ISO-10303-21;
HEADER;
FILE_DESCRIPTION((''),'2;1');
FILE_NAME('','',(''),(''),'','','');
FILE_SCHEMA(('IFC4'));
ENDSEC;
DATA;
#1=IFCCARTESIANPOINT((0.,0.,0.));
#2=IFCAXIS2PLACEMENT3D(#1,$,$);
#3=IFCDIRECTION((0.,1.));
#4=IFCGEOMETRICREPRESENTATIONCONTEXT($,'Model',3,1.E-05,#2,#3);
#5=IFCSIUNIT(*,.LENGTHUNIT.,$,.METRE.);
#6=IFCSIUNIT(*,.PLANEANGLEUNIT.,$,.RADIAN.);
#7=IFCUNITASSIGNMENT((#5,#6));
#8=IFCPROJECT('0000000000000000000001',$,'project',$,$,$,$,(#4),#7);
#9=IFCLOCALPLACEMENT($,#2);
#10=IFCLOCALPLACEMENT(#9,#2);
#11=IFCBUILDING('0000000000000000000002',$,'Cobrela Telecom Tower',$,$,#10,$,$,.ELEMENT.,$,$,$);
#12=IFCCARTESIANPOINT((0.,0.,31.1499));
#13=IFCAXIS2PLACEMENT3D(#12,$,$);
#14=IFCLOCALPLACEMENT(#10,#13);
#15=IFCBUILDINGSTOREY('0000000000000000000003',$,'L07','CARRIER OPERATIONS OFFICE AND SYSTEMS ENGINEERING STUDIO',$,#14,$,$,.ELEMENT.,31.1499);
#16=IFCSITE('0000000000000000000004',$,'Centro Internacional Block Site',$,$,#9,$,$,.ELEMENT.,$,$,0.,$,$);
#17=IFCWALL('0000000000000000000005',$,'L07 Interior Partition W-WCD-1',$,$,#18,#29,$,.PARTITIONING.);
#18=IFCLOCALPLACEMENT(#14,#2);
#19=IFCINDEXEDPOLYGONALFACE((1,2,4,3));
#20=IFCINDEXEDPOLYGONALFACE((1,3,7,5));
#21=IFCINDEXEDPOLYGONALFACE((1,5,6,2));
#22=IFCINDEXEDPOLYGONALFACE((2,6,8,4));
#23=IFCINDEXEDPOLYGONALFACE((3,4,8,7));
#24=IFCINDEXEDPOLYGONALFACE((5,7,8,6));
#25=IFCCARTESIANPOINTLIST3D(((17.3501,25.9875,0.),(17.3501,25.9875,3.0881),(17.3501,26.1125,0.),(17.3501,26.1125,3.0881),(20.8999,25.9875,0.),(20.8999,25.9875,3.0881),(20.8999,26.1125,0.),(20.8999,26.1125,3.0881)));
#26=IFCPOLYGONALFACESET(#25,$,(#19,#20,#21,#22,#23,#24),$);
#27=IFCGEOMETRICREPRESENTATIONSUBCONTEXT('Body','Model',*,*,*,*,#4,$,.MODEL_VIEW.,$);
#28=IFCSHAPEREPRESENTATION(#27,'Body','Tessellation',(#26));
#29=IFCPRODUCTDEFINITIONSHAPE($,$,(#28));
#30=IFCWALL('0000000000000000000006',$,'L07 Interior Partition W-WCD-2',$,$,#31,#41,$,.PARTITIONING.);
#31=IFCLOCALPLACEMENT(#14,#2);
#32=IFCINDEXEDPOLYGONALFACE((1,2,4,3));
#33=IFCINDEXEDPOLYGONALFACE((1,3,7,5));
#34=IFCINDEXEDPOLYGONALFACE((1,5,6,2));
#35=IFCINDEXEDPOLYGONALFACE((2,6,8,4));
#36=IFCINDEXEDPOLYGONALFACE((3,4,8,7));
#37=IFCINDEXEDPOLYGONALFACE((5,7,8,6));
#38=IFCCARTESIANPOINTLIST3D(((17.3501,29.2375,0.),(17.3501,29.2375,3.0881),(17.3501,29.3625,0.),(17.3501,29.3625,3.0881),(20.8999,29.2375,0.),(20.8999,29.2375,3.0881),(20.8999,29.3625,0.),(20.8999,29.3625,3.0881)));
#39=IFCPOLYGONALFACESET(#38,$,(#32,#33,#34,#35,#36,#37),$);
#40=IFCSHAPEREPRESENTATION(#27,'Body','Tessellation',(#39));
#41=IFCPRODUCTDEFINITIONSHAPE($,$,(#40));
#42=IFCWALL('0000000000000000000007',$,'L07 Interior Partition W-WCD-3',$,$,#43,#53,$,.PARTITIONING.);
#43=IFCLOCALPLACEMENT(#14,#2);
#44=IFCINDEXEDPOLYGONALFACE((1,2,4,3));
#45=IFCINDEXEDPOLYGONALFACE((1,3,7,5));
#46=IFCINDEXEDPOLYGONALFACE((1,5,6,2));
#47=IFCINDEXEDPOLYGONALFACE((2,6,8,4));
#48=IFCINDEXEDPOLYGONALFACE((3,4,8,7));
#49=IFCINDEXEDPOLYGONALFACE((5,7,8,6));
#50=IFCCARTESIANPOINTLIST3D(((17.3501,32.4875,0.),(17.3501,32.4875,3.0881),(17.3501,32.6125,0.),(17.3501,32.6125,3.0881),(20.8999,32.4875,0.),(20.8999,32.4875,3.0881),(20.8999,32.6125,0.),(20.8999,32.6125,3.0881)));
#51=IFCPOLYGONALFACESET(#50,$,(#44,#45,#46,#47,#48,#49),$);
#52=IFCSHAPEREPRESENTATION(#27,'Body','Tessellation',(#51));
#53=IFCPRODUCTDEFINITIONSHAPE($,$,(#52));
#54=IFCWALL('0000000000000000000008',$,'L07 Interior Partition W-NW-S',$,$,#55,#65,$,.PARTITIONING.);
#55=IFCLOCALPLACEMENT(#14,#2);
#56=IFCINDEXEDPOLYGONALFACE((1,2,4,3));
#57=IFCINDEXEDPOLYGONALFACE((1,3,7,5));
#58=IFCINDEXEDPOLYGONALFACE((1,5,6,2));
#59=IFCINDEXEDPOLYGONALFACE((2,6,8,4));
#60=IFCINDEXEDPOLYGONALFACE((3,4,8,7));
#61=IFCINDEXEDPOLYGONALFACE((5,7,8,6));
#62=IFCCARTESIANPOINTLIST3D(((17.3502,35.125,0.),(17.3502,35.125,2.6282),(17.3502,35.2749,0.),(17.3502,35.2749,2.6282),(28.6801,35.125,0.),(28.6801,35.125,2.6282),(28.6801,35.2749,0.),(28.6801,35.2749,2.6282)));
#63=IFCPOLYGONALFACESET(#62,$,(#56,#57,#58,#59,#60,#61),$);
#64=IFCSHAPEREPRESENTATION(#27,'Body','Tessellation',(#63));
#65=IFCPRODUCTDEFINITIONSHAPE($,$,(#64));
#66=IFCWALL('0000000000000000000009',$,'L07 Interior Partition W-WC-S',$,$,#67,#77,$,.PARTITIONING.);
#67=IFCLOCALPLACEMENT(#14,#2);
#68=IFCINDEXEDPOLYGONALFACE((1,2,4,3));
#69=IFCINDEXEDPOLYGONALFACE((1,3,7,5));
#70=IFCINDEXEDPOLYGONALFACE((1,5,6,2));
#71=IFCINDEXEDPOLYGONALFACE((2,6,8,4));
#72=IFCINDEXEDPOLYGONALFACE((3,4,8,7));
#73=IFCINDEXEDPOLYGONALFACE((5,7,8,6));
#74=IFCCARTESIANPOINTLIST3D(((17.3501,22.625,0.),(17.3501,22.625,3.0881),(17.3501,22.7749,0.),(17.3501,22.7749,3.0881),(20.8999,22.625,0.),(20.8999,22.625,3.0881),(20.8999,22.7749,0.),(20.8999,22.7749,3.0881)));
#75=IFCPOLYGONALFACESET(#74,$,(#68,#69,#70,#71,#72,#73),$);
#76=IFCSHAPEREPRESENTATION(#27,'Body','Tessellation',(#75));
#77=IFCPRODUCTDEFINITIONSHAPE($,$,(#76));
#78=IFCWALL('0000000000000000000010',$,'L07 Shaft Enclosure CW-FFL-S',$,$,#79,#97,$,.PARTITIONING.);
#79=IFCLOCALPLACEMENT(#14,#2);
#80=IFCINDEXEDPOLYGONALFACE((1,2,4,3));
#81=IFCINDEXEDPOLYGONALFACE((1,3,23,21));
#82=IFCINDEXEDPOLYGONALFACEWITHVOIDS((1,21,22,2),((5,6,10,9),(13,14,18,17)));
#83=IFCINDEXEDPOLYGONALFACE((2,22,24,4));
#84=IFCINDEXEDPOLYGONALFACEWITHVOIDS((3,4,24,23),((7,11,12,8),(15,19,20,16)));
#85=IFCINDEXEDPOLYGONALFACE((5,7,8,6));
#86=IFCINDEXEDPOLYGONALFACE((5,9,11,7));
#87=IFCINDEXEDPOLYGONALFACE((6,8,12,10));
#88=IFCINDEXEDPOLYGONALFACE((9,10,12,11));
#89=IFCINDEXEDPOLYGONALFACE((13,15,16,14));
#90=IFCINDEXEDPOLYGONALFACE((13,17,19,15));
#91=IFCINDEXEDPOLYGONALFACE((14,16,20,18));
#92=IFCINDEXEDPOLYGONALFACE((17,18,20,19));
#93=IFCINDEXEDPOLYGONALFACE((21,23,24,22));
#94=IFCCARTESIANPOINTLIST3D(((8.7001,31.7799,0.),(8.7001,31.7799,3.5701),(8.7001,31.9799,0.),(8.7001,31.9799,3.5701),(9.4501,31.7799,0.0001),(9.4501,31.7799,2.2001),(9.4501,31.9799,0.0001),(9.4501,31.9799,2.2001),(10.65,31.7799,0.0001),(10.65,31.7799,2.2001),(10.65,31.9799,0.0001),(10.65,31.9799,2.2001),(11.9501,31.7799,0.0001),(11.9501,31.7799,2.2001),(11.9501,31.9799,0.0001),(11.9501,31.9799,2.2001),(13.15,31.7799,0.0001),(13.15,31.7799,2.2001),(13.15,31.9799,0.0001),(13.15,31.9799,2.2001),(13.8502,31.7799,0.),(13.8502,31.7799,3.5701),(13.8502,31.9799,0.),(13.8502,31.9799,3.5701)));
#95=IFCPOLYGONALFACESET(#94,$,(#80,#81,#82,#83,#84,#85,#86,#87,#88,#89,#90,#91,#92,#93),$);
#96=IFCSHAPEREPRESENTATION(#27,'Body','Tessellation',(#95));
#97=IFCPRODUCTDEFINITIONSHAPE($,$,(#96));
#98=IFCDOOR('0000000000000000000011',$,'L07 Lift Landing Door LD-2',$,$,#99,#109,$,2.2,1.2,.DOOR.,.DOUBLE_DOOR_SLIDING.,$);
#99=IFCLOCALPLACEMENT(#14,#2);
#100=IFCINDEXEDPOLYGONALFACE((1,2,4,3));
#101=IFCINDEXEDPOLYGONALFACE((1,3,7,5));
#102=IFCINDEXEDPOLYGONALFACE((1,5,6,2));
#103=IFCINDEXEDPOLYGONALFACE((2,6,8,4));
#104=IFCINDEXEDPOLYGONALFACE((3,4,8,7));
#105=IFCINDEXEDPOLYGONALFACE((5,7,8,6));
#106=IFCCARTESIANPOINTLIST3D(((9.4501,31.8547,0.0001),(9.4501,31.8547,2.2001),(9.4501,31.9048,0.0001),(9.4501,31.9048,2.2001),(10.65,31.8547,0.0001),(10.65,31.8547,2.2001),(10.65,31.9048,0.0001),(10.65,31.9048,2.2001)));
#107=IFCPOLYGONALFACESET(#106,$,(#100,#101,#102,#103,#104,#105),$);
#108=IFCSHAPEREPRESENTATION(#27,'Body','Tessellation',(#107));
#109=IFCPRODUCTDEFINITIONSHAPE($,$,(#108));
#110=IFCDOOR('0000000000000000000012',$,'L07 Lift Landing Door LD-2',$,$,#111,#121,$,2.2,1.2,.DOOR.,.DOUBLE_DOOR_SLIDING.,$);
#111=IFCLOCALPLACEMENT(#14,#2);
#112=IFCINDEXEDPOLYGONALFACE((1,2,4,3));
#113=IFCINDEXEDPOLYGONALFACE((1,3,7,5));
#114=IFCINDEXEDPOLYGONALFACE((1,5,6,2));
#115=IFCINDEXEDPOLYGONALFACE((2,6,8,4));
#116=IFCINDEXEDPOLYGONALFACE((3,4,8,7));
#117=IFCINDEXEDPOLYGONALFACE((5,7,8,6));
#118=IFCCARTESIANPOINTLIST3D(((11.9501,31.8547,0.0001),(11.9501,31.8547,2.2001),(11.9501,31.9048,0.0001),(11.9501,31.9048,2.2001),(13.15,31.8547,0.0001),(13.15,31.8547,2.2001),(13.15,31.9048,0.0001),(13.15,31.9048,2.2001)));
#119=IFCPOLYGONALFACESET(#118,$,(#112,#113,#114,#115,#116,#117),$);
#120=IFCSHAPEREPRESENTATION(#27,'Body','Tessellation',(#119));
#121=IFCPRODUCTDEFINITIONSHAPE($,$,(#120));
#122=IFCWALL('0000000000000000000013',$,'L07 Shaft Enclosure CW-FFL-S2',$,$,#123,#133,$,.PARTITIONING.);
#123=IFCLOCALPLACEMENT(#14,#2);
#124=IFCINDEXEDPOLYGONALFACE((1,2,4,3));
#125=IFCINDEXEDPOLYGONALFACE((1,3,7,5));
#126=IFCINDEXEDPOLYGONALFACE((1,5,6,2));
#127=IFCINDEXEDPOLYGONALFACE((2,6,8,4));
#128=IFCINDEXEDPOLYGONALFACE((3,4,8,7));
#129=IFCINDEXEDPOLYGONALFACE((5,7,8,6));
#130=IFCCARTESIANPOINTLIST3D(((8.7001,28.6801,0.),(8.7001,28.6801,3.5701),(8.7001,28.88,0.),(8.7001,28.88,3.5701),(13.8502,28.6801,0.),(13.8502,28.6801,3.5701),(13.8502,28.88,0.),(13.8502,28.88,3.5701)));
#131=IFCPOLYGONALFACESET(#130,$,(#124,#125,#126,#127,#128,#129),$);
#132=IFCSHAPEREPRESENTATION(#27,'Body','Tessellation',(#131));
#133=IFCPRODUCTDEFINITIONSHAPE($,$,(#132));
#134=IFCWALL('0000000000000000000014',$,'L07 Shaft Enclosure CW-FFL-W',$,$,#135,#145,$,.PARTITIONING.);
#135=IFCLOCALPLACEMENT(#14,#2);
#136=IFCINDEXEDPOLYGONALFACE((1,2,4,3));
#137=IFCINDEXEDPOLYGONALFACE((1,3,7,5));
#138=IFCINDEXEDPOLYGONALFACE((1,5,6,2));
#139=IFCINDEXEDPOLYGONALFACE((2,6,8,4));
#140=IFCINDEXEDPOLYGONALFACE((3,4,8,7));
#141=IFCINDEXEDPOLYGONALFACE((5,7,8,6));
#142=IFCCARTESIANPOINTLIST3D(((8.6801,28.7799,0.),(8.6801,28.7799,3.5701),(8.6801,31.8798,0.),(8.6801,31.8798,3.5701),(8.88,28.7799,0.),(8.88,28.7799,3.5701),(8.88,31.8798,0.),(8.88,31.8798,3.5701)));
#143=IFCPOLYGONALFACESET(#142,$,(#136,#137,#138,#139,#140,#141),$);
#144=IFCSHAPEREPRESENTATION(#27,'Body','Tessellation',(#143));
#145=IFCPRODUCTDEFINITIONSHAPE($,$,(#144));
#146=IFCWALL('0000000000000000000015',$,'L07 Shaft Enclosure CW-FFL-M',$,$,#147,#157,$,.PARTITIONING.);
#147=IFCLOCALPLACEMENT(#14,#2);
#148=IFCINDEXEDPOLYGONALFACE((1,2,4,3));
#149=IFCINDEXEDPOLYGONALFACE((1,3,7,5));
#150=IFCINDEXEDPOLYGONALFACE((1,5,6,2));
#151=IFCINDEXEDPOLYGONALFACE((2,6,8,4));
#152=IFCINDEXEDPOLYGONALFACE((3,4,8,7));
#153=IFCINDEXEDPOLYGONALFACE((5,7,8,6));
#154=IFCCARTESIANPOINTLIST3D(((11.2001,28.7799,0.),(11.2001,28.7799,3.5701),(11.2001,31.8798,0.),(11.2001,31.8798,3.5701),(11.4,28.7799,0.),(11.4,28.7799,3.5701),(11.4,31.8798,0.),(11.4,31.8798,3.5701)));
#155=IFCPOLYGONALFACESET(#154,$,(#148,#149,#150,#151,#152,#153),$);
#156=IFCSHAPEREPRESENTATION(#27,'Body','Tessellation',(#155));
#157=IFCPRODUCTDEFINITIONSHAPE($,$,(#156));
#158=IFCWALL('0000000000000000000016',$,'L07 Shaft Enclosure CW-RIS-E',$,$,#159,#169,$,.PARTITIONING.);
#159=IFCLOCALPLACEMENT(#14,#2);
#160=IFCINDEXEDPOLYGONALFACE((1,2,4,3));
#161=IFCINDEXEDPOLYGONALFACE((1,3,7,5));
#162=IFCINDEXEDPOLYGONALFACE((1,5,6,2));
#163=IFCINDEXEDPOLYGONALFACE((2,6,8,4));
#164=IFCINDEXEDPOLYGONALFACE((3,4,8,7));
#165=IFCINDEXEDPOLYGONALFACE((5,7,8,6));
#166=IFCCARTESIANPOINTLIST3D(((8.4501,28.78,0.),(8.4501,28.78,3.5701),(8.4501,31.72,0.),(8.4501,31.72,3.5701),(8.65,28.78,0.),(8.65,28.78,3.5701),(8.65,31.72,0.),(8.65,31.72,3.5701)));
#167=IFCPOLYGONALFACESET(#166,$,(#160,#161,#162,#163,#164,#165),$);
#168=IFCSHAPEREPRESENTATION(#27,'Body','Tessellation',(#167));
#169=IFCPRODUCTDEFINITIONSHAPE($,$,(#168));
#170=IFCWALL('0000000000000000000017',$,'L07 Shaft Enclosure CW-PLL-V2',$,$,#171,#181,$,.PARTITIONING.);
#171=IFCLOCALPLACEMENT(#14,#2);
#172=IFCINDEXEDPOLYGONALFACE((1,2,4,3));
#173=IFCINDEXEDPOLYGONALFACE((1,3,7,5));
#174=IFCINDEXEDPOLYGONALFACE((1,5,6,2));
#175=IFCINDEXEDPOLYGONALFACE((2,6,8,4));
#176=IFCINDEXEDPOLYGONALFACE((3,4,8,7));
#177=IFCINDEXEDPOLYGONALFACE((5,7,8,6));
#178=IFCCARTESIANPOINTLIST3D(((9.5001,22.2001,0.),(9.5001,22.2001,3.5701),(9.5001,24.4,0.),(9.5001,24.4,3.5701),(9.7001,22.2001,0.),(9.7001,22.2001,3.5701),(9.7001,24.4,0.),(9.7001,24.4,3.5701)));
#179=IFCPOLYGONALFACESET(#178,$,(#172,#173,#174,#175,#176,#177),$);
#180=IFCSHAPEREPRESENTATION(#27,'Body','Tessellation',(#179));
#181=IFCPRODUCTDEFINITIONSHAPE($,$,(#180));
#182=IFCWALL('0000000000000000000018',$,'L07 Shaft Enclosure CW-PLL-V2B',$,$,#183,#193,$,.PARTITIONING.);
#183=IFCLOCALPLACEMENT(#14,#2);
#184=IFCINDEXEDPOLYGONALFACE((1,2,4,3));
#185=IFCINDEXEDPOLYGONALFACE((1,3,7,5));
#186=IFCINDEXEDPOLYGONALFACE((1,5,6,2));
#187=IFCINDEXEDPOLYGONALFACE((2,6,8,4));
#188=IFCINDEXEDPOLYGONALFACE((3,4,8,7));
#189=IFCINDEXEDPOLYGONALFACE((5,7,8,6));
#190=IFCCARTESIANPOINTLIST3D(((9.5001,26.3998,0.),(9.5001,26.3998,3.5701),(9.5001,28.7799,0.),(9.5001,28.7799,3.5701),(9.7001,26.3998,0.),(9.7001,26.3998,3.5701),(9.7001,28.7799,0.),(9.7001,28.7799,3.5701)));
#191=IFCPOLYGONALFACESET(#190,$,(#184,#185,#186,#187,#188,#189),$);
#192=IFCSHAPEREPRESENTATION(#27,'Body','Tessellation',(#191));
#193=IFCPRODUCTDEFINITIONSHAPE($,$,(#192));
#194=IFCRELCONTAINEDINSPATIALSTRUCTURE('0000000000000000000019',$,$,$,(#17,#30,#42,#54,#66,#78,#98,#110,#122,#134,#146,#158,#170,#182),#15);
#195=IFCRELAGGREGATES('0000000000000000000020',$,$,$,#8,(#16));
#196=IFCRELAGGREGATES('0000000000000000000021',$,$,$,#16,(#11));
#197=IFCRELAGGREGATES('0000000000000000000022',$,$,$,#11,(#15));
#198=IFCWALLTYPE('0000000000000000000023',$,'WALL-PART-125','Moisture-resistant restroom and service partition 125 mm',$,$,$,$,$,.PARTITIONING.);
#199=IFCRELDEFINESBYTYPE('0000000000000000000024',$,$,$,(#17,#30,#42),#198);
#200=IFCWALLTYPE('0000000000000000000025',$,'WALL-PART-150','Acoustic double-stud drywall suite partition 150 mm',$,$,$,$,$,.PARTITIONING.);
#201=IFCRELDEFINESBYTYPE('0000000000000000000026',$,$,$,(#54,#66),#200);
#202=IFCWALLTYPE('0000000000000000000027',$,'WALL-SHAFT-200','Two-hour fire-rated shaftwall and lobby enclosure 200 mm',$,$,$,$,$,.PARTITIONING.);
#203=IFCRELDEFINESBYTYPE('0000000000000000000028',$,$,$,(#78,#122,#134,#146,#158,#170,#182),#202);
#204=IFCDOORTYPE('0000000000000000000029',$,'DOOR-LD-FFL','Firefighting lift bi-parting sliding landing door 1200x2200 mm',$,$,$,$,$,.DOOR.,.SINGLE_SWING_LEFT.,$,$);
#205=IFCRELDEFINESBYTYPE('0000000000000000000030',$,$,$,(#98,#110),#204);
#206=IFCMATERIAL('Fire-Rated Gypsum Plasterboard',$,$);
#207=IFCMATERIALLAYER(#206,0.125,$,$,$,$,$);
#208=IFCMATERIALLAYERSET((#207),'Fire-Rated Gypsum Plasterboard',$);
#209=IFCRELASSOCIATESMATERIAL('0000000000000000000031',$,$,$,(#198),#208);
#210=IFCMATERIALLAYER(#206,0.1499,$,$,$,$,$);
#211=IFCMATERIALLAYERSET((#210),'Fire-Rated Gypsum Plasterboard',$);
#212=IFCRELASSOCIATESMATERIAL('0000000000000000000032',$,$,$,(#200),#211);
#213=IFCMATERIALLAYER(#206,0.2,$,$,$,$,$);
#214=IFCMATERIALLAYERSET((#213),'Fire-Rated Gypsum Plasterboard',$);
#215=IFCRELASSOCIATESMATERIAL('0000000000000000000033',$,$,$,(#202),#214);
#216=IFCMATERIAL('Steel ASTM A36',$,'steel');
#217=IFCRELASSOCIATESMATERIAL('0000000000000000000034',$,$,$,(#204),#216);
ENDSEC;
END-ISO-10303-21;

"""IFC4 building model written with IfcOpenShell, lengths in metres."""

from ifc_helpers import new_model, si_unit, direction, frame, frame_2d, origin, place, context, subcontext, project, spatial, rectangle, extrude, material, layer, layer_set, type_object, element, fill, save


model = new_model("IFC4")

# Units and contexts
model_context = context("Model", 3, precision=1e-05, world=origin(), true_north=direction((0.0, 1.0)))
body_context = subcontext(model_context, "Body", "Model", "MODEL_VIEW")
ifc_project = project(units=[si_unit("LENGTHUNIT", "METRE"), si_unit("PLANEANGLEUNIT", "RADIAN")], contexts=[model_context])

# Site, building, storey
site_placement = place(None, origin())
site = spatial("IfcSite", under=ifc_project, at=site_placement, Name="Centro Internacional Block Site", CompositionType="ELEMENT", RefElevation=0.0)
building_placement = place(site_placement, origin())
building = spatial("IfcBuilding", under=site, at=building_placement, Name="Cobrela Telecom Tower", CompositionType="ELEMENT")
storey_placement = place(building_placement, frame((0.0, 0.0, 31.1499)))
storey = spatial("IfcBuildingStorey", under=building, at=storey_placement, Name="L07", Description="CARRIER OPERATIONS OFFICE AND SYSTEMS ENGINEERING STUDIO", CompositionType="ELEMENT", Elevation=31.1499)

# Shared definitions
ifc_material_1 = material(Name="Steel ASTM A36", Category="steel")

# Walls
ifc_material_2 = material(Name="Fire-Rated Gypsum Plasterboard")
ifc_layer_1 = layer(ifc_material_2, 0.125)
ifc_layer_set_1 = layer_set([ifc_layer_1], Name="Fire-Rated Gypsum Plasterboard")
wall_type_1 = type_object("IfcWallType", Name="WALL-PART-125", Description="Moisture-resistant restroom and service partition 125 mm", PredefinedType="PARTITIONING", material=ifc_layer_set_1)
for number, where, z_axis, x_axis, name in (
    (1, (17.3501, 26.05, 0.0), (0.0, 0.0, 1.0), (1.0, 0.0, 0.0), "L07 Interior Partition W-WCD-1"),
    (2, (17.3501, 29.3, 0.0), (0.0, 0.0, 1.0), (1.0, 0.0, 0.0), "L07 Interior Partition W-WCD-2"),
    (3, (17.3501, 32.55, 0.0), (0.0, 0.0, 1.0), (1.0, 0.0, 0.0), "L07 Interior Partition W-WCD-3"),
):
    element("IfcWall", number, at=place(storey_placement, frame(where, z_axis=z_axis, x_axis=x_axis)), inside=storey, type_object=wall_type_1, Name=name, PredefinedType="PARTITIONING", context=body_context, shape_type="SweptSolid", body=[
        extrude(rectangle(XDim=3.5498, YDim=0.125, at=frame_2d((1.7749, 0.0))), origin(), (0.0, 0.0, 1.0), 3.0881),
    ])

# Shared definitions
ifc_layer_2 = layer(ifc_material_2, 0.1499)
ifc_layer_set_2 = layer_set([ifc_layer_2], Name="Fire-Rated Gypsum Plasterboard")
wall_type_2 = type_object("IfcWallType", Name="WALL-PART-150", Description="Acoustic double-stud drywall suite partition 150 mm", PredefinedType="PARTITIONING", material=ifc_layer_set_2)

# Walls
wall_1_placement = place(storey_placement, frame((17.3501, 35.2, 0.0), z_axis=(0.0, 0.0, 1.0), x_axis=(1.0, 0.0, 0.0)))
element("IfcWall", 4, at=wall_1_placement, inside=storey, type_object=wall_type_2, Name="L07 Interior Partition W-NW-S", PredefinedType="PARTITIONING", context=body_context, shape_type="SweptSolid", body=[
    extrude(rectangle(XDim=11.3298, YDim=0.1499, at=frame_2d((5.665, 0.0))), origin(), (0.0, 0.0, 1.0), 2.6282),
])
wall_2_placement = place(storey_placement, frame((17.3501, 22.7, 0.0), z_axis=(0.0, 0.0, 1.0), x_axis=(1.0, 0.0, 0.0)))
element("IfcWall", 5, at=wall_2_placement, inside=storey, type_object=wall_type_2, Name="L07 Interior Partition W-WC-S", PredefinedType="PARTITIONING", context=body_context, shape_type="SweptSolid", body=[
    extrude(rectangle(XDim=3.5498, YDim=0.1499, at=frame_2d((1.7749, 0.0))), origin(), (0.0, 0.0, 1.0), 3.0881),
])

# Wall, openings, doors
ifc_layer_3 = layer(ifc_material_2, 0.2)
ifc_layer_set_3 = layer_set([ifc_layer_3], Name="Fire-Rated Gypsum Plasterboard")
wall_type_3 = type_object("IfcWallType", Name="WALL-SHAFT-200", Description="Two-hour fire-rated shaftwall and lobby enclosure 200 mm", PredefinedType="PARTITIONING", material=ifc_layer_set_3)
wall_3_placement = place(storey_placement, frame((8.7, 31.8799, 0.0), z_axis=(0.0, 0.0, 1.0), x_axis=(1.0, 0.0, 0.0)))
wall_3 = element("IfcWall", 6, at=wall_3_placement, inside=storey, type_object=wall_type_3, Name="L07 Shaft Enclosure CW-FFL-S", PredefinedType="PARTITIONING", context=body_context, shape_type="SweptSolid", body=[
    extrude(rectangle(XDim=5.1501, YDim=0.2, at=frame_2d((2.5752, 0.0))), origin(), (0.0, 0.0, 1.0), 3.5701),
])
opening_1_placement = place(wall_3_placement, frame((0.75, 0.0, 0.0)))
opening_1 = element("IfcOpeningElement", 7, at=opening_1_placement, cuts=wall_3, PredefinedType="OPENING", context=body_context, shape_type="SweptSolid", body=[
    extrude(rectangle(XDim=1.2, YDim=2.2, at=frame_2d((0.6001, 1.1001))), frame((0.0, 0.1118, 0.0), z_axis=(0.0, -1.0, 0.0), x_axis=(1.0, 0.0, 0.0)), (0.0, 0.0, 1.0), 0.2239),
])
opening_2_placement = place(wall_3_placement, frame((3.25, 0.0, 0.0)))
opening_2 = element("IfcOpeningElement", 8, at=opening_2_placement, cuts=wall_3, PredefinedType="OPENING", context=body_context, shape_type="SweptSolid", body=[
    extrude(rectangle(XDim=1.2, YDim=2.2, at=frame_2d((0.6001, 1.1001))), frame((0.0, 0.1118, 0.0), z_axis=(0.0, -1.0, 0.0), x_axis=(1.0, 0.0, 0.0)), (0.0, 0.0, 1.0), 0.2239),
])
door_type_1 = type_object("IfcDoorType", Name="DOOR-LD-FFL", Description="Firefighting lift bi-parting sliding landing door 1200x2200 mm", OperationType="SINGLE_SWING_LEFT", PredefinedType="DOOR", material=ifc_material_1)
door_1_placement = place(opening_1_placement, origin())
door_1 = element("IfcDoor", 9, at=door_1_placement, inside=storey, type_object=door_type_1, Name="L07 Lift Landing Door LD-2", OperationType="DOUBLE_DOOR_SLIDING", OverallHeight=2.2, OverallWidth=1.2, PredefinedType="DOOR", context=body_context, shape_type="SweptSolid", body=[
    extrude(rectangle(XDim=1.2, YDim=2.2, at=frame_2d((0.6001, 1.1001))), frame((0.0, 0.0249, 0.0), z_axis=(0.0, -1.0, 0.0), x_axis=(1.0, 0.0, 0.0)), (0.0, 0.0, 1.0), 0.05),
])
fill(opening_1, door_1)
door_2_placement = place(opening_2_placement, origin())
door_2 = element("IfcDoor", 10, at=door_2_placement, inside=storey, type_object=door_type_1, Name="L07 Lift Landing Door LD-2", OperationType="DOUBLE_DOOR_SLIDING", OverallHeight=2.2, OverallWidth=1.2, PredefinedType="DOOR", context=body_context, shape_type="SweptSolid", body=[
    extrude(rectangle(XDim=1.2, YDim=2.2, at=frame_2d((0.6001, 1.1001))), frame((0.0, 0.0249, 0.0), z_axis=(0.0, -1.0, 0.0), x_axis=(1.0, 0.0, 0.0)), (0.0, 0.0, 1.0), 0.05),
])
fill(opening_2, door_2)

# Walls
wall_4_placement = place(storey_placement, frame((8.7, 28.78, 0.0), z_axis=(0.0, 0.0, 1.0), x_axis=(1.0, 0.0, 0.0)))
element("IfcWall", 11, at=wall_4_placement, inside=storey, type_object=wall_type_3, Name="L07 Shaft Enclosure CW-FFL-S2", PredefinedType="PARTITIONING", context=body_context, shape_type="SweptSolid", body=[
    extrude(rectangle(XDim=5.1501, YDim=0.2, at=frame_2d((2.5752, 0.0))), origin(), (0.0, 0.0, 1.0), 3.5701),
])
for number, where, z_axis, x_axis, name in (
    (12, (8.78, 28.78, 0.0), (0.0, 0.0, 1.0), (0.0, 1.0, 0.0), "L07 Shaft Enclosure CW-FFL-W"),
    (13, (11.3, 28.78, 0.0), (0.0, 0.0, 1.0), (0.0, 1.0, 0.0), "L07 Shaft Enclosure CW-FFL-M"),
):
    element("IfcWall", number, at=place(storey_placement, frame(where, z_axis=z_axis, x_axis=x_axis)), inside=storey, type_object=wall_type_3, Name=name, PredefinedType="PARTITIONING", context=body_context, shape_type="SweptSolid", body=[
        extrude(rectangle(XDim=3.0999, YDim=0.2, at=frame_2d((1.5498, 0.0))), origin(), (0.0, 0.0, 1.0), 3.5701),
    ])
wall_5_placement = place(storey_placement, frame((8.55, 28.78, 0.0), z_axis=(0.0, 0.0, 1.0), x_axis=(0.0, 1.0, 0.0)))
element("IfcWall", 14, at=wall_5_placement, inside=storey, type_object=wall_type_3, Name="L07 Shaft Enclosure CW-RIS-E", PredefinedType="PARTITIONING", context=body_context, shape_type="SweptSolid", body=[
    extrude(rectangle(XDim=2.9399, YDim=0.2, at=frame_2d((1.47, 0.0))), origin(), (0.0, 0.0, 1.0), 3.5701),
])
wall_6_placement = place(storey_placement, frame((9.6001, 22.2, 0.0), z_axis=(0.0, 0.0, 1.0), x_axis=(0.0, 1.0, 0.0)))
element("IfcWall", 15, at=wall_6_placement, inside=storey, type_object=wall_type_3, Name="L07 Shaft Enclosure CW-PLL-V2", PredefinedType="PARTITIONING", context=body_context, shape_type="SweptSolid", body=[
    extrude(rectangle(XDim=2.2, YDim=0.2, at=frame_2d((1.1001, 0.0))), origin(), (0.0, 0.0, 1.0), 3.5701),
])
wall_7_placement = place(storey_placement, frame((9.6001, 26.3999, 0.0), z_axis=(0.0, 0.0, 1.0), x_axis=(0.0, 1.0, 0.0)))
element("IfcWall", 16, at=wall_7_placement, inside=storey, type_object=wall_type_3, Name="L07 Shaft Enclosure CW-PLL-V2B", PredefinedType="PARTITIONING", context=body_context, shape_type="SweptSolid", body=[
    extrude(rectangle(XDim=2.3801, YDim=0.2, at=frame_2d((1.1899, 0.0))), origin(), (0.0, 0.0, 1.0), 3.5701),
])

save(model, "model.ifc")
